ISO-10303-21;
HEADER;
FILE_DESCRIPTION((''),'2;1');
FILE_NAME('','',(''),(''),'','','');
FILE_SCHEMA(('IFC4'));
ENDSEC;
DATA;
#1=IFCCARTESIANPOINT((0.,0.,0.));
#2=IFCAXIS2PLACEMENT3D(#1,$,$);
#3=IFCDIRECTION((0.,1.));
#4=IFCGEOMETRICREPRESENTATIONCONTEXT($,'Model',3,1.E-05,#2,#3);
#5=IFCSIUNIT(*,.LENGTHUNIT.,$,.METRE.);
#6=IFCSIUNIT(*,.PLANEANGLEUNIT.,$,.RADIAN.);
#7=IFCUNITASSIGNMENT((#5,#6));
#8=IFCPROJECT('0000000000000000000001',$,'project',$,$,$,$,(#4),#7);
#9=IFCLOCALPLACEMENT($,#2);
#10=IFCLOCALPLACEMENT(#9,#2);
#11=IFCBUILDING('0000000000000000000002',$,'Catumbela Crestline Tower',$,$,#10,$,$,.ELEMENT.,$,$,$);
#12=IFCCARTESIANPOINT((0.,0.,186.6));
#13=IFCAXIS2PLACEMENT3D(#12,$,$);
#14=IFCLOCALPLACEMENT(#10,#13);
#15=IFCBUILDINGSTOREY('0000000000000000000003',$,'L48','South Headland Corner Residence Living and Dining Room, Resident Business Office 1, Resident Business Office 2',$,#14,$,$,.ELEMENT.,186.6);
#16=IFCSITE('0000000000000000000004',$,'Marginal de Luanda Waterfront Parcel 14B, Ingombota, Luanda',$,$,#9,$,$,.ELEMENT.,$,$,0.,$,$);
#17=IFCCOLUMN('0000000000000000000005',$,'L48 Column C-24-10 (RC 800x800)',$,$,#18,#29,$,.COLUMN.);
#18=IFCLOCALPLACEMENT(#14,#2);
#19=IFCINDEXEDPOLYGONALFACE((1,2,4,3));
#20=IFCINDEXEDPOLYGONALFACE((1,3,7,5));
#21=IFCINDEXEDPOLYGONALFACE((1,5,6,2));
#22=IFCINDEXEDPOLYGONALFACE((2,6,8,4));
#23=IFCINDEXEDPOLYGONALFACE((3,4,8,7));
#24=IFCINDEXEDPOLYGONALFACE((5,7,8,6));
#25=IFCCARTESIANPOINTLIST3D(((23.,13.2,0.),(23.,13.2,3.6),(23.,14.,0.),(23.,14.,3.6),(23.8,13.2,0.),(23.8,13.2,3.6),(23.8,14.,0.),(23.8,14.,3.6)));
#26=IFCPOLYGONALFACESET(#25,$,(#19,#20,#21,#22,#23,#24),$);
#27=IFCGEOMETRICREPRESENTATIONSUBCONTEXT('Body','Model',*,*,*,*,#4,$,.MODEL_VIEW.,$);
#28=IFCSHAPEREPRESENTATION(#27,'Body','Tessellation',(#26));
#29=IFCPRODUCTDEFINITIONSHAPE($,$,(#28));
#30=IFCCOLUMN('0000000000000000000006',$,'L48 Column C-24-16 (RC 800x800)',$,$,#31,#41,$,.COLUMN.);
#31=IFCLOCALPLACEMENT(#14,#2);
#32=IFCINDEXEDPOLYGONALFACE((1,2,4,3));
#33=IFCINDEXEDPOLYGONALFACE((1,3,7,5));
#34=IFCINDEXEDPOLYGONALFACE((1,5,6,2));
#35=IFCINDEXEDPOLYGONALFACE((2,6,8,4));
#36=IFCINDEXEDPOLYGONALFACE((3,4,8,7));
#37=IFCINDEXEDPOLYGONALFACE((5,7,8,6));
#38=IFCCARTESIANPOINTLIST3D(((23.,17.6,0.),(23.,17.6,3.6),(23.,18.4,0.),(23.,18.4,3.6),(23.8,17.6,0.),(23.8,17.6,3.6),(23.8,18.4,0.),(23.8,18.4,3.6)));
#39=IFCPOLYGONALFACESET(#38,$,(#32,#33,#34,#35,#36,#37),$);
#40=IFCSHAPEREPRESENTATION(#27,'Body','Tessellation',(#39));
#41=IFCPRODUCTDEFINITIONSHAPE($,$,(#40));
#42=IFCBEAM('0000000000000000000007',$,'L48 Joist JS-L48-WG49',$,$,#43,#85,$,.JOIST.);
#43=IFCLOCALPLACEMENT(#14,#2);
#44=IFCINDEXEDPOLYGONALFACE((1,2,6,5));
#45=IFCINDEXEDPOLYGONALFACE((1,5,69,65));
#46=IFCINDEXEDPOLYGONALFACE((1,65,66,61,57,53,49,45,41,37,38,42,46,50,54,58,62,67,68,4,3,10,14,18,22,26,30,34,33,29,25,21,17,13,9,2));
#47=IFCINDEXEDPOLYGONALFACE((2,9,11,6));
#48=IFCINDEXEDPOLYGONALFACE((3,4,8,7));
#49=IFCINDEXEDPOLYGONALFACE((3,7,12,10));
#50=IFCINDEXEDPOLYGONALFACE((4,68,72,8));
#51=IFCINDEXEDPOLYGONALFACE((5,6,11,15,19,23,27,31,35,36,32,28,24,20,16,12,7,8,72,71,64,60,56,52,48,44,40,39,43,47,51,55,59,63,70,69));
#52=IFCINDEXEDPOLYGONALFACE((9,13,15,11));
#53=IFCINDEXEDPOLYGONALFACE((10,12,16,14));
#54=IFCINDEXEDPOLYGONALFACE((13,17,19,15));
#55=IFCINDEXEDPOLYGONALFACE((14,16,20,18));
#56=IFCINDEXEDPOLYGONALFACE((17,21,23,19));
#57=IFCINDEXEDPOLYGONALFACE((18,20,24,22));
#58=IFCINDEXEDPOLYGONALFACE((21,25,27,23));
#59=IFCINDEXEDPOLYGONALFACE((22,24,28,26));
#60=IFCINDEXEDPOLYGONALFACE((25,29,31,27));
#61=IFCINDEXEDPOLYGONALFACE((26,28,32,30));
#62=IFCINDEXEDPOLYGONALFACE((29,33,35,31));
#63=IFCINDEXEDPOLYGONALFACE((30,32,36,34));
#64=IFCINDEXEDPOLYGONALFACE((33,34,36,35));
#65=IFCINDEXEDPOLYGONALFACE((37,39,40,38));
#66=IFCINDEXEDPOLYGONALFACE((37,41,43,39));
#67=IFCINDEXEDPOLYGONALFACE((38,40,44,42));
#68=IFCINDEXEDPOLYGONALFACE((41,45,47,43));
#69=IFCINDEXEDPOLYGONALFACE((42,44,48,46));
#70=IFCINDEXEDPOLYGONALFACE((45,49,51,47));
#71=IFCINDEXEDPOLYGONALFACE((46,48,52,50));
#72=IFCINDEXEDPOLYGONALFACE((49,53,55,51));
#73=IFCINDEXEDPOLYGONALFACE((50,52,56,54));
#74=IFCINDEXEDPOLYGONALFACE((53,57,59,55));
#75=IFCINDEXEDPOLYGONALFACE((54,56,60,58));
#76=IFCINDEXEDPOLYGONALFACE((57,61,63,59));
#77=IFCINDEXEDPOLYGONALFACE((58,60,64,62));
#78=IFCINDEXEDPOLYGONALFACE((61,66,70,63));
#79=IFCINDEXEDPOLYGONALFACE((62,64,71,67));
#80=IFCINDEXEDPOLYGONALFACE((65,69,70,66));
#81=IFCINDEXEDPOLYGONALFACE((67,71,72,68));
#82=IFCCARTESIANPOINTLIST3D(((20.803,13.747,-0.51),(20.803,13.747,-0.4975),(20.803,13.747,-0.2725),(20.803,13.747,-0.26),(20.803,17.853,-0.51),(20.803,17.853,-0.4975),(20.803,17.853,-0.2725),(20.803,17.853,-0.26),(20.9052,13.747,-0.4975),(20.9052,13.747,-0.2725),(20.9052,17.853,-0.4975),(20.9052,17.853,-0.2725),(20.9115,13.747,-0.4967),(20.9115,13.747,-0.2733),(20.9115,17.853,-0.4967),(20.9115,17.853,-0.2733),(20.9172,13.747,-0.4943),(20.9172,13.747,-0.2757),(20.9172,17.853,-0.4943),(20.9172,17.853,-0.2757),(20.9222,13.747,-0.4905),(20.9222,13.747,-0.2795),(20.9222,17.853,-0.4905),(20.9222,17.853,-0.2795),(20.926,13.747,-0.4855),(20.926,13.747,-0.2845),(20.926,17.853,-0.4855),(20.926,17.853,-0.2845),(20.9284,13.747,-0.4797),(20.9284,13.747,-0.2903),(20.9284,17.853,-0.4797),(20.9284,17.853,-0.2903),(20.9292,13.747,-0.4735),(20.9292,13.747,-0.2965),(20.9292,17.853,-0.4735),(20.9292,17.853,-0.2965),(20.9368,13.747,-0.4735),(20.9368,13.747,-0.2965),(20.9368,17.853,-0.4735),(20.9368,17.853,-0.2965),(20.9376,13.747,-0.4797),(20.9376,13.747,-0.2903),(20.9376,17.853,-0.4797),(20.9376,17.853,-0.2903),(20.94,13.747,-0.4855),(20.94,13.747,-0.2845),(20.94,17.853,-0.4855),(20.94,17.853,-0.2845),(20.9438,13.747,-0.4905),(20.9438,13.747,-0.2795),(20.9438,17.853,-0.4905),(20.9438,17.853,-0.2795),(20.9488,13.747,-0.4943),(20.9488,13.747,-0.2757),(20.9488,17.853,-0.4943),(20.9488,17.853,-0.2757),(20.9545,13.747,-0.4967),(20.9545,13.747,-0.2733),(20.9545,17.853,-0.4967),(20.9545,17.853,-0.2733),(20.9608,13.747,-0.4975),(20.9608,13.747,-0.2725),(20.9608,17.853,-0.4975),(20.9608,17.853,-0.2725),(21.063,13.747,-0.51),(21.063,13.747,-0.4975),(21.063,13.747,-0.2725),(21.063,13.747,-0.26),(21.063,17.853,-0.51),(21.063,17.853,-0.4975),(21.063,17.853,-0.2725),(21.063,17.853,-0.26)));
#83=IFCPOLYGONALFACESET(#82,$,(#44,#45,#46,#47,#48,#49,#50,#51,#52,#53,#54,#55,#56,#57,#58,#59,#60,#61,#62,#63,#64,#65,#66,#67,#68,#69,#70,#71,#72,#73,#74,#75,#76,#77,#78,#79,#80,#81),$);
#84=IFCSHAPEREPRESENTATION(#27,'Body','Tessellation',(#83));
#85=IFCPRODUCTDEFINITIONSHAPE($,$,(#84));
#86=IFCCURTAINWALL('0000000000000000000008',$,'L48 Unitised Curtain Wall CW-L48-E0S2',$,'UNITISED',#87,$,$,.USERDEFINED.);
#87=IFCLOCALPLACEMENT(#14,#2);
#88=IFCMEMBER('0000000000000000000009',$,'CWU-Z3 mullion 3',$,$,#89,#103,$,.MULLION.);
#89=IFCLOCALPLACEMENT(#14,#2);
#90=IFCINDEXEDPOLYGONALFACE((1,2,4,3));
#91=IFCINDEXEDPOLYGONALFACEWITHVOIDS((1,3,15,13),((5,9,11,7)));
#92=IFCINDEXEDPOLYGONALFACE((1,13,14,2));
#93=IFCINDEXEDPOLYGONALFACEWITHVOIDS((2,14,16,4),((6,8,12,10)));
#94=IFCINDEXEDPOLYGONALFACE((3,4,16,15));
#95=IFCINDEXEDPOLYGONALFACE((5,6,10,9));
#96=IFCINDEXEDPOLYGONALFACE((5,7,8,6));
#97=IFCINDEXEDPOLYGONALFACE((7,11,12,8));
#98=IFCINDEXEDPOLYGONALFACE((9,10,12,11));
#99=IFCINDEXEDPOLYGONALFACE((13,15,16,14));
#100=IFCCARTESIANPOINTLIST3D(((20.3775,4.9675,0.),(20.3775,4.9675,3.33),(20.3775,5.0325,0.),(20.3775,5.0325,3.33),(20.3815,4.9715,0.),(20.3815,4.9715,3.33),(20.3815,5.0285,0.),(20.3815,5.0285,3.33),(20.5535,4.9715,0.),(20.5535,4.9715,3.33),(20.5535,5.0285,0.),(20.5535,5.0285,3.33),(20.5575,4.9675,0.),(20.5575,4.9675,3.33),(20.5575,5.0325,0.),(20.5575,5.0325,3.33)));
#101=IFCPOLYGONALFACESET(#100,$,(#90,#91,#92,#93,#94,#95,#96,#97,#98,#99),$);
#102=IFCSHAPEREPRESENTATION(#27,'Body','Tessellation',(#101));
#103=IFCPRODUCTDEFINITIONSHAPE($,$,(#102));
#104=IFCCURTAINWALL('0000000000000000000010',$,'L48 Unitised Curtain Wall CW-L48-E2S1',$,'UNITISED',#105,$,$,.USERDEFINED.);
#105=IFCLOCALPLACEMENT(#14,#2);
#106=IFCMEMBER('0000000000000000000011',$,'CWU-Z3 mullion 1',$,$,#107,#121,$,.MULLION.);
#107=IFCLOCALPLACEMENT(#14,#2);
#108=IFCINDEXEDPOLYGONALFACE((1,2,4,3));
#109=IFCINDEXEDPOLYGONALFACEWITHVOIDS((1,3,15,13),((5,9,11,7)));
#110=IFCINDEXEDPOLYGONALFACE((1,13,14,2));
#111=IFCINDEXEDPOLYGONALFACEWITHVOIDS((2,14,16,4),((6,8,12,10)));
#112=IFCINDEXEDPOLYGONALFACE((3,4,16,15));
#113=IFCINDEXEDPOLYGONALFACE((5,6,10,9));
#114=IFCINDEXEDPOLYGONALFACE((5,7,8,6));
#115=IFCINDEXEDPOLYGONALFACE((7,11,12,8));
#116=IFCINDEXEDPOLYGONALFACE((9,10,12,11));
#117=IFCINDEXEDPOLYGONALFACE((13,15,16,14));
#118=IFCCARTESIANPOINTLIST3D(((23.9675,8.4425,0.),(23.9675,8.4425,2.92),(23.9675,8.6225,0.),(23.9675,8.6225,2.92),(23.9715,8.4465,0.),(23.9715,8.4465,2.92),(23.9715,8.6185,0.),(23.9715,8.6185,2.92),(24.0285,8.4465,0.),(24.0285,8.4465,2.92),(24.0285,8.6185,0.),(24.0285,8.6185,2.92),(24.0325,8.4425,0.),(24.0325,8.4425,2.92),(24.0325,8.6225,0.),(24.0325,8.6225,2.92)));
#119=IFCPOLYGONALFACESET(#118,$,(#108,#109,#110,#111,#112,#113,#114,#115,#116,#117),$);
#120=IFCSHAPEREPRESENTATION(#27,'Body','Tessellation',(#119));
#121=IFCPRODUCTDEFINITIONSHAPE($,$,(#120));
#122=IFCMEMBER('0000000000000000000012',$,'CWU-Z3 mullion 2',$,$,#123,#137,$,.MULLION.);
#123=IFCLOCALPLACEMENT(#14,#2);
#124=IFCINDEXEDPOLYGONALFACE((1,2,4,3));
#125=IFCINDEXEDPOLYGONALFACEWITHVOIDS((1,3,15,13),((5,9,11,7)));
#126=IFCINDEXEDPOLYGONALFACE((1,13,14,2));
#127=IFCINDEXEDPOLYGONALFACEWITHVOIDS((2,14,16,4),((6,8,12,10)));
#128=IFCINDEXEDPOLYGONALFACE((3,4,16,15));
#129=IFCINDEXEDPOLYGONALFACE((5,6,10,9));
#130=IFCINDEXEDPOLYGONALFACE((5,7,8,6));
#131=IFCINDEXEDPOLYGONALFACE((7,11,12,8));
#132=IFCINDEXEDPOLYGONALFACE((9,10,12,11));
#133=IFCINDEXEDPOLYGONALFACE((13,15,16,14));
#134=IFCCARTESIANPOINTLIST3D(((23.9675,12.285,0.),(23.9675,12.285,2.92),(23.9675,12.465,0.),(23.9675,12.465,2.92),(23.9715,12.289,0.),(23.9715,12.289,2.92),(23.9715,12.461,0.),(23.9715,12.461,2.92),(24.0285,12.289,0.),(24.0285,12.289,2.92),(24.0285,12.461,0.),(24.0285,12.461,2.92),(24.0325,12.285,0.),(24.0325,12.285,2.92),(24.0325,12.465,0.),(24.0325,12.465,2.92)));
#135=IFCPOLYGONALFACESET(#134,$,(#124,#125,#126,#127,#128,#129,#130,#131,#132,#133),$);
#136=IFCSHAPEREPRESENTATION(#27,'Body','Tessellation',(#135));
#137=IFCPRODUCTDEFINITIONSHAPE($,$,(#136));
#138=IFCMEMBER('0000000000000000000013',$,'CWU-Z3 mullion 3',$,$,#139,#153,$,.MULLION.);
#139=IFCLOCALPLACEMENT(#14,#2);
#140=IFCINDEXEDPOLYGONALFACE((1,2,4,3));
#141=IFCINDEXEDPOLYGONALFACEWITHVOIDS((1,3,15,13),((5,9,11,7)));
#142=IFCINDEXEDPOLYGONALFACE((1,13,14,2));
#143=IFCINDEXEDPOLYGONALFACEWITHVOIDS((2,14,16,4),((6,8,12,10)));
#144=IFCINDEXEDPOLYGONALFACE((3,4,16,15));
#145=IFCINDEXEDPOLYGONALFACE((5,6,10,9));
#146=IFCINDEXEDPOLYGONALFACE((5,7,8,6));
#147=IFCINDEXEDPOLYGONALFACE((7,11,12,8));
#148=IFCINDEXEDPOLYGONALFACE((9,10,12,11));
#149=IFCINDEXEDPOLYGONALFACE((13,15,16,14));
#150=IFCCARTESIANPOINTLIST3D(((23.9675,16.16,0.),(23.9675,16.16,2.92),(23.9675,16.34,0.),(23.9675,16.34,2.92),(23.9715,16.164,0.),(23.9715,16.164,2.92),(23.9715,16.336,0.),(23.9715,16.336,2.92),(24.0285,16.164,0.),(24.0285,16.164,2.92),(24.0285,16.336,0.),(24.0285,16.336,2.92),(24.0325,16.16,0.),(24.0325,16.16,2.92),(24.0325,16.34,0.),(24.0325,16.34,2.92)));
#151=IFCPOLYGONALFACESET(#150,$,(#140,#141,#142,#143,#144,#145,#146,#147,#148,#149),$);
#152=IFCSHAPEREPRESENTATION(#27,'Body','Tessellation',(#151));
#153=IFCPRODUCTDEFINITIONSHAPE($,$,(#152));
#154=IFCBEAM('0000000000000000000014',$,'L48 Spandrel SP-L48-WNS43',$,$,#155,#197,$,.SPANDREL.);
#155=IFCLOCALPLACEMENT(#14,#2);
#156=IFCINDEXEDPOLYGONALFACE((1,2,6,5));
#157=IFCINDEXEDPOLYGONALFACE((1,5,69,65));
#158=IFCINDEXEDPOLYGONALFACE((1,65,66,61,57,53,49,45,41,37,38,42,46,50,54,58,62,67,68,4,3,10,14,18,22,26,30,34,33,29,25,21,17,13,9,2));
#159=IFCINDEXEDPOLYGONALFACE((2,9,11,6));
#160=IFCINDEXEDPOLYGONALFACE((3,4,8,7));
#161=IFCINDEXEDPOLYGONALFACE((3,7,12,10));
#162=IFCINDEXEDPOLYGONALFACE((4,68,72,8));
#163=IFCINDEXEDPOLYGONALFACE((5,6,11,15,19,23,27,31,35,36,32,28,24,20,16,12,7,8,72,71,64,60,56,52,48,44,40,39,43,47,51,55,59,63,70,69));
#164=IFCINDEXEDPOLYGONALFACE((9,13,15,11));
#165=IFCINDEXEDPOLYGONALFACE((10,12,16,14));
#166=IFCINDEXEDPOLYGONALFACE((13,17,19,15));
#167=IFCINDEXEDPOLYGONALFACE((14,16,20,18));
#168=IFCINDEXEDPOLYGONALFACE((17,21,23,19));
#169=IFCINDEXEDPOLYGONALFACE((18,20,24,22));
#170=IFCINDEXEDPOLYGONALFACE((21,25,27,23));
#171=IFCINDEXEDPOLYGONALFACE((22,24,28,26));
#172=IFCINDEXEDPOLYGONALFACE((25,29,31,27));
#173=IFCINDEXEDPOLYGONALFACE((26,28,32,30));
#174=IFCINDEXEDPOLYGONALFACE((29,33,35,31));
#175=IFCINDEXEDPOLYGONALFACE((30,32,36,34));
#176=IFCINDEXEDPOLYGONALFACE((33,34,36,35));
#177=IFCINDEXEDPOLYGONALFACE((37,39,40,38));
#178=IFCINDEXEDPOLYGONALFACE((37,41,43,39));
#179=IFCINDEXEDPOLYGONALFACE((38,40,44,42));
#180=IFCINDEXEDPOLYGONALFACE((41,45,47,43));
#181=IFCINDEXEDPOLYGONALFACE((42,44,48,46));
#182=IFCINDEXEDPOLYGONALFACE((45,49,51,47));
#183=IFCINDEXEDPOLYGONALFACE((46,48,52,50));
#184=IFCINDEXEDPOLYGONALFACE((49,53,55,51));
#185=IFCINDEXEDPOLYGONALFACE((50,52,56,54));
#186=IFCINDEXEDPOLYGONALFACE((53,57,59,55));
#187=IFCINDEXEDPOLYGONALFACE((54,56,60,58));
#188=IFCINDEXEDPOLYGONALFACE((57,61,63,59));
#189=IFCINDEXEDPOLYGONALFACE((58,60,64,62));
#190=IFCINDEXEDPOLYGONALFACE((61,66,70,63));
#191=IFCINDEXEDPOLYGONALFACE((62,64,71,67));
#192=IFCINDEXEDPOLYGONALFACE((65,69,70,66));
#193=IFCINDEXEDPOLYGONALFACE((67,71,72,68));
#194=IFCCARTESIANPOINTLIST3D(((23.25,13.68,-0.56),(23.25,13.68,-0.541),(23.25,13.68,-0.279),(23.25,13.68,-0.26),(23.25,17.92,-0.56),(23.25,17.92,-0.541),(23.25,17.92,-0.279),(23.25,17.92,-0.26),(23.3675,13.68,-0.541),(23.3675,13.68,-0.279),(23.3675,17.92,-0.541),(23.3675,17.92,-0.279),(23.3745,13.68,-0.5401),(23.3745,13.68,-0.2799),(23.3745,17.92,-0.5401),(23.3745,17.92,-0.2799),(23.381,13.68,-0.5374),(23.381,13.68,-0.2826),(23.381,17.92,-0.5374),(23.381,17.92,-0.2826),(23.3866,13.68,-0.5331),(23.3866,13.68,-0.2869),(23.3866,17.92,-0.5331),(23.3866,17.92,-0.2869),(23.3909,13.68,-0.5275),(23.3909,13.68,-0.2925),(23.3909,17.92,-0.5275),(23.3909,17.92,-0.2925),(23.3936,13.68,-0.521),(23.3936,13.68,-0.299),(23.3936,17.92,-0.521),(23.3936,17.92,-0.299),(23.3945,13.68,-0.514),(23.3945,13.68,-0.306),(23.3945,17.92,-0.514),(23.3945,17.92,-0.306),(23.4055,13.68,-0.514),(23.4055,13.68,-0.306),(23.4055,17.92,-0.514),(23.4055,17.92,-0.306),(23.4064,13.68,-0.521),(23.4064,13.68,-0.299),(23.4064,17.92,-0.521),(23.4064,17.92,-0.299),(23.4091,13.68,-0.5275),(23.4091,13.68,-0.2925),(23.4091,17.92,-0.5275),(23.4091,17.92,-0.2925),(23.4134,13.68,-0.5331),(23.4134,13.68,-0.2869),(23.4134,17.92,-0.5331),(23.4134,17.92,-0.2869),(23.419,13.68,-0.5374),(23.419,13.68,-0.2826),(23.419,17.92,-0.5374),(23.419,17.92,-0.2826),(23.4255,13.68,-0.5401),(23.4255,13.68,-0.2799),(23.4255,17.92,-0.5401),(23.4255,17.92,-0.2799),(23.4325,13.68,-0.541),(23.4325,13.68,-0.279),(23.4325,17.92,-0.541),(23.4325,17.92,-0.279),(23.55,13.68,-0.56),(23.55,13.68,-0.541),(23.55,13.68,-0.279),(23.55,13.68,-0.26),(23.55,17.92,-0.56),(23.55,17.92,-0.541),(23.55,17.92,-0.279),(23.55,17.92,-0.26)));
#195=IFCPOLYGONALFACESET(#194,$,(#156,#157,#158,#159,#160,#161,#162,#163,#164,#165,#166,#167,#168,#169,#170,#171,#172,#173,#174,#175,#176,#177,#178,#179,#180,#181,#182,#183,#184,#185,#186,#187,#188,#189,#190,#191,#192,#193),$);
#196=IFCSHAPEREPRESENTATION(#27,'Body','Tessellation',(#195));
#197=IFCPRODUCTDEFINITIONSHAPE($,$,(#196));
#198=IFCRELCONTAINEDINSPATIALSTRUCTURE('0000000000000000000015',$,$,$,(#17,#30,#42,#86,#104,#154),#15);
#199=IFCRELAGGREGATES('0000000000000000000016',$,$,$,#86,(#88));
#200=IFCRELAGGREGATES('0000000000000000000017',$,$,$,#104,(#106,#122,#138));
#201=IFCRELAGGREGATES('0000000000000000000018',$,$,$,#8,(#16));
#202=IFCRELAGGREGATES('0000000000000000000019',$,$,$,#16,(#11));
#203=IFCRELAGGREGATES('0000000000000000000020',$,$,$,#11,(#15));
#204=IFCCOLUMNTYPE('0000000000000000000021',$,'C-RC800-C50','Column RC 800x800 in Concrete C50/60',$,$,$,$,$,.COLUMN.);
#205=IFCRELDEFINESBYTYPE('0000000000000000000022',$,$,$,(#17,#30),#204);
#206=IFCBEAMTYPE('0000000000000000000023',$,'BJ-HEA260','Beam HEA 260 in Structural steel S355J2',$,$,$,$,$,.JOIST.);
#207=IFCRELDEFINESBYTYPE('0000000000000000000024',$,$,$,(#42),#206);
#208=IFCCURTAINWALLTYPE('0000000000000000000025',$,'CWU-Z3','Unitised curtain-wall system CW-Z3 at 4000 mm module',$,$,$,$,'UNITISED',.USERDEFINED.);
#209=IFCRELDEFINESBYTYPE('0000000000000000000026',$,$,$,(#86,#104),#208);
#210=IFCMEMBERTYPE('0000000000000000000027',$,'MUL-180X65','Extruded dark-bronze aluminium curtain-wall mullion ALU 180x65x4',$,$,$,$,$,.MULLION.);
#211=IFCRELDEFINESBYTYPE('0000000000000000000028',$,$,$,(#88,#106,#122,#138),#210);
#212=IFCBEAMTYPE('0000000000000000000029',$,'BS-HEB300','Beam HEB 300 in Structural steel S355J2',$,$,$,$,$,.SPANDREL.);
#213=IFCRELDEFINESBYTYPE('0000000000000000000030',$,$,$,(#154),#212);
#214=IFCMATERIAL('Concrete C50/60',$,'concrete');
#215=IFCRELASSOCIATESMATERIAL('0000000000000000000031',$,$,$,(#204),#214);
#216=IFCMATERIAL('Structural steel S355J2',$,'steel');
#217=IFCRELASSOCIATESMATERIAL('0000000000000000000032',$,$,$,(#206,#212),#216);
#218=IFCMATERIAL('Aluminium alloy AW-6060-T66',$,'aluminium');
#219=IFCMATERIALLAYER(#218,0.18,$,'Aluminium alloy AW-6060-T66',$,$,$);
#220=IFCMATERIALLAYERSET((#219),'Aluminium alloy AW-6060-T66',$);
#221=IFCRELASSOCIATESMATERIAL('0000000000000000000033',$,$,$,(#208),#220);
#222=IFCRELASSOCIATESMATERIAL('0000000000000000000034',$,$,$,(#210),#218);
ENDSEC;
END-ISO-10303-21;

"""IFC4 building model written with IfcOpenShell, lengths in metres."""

from ifc_helpers import new_model, si_unit, direction, frame, origin, origin_2d, place, context, subcontext, project, spatial, rectangle, hollow_rectangle, i_section, extrude, material, layer, layer_set, material_profile, profile_set, type_object, element, aggregate, save


model = new_model("IFC4")

# Units and contexts
model_context = context("Model", 3, precision=1e-05, world=origin(), true_north=direction((0.0, 1.0)))
body_context = subcontext(model_context, "Body", "Model", "MODEL_VIEW")
ifc_project = project(units=[si_unit("LENGTHUNIT", "METRE"), si_unit("PLANEANGLEUNIT", "RADIAN")], contexts=[model_context])

# Site, building, storey
site_placement = place(None, origin())
site = spatial("IfcSite", under=ifc_project, at=site_placement, Name="Marginal de Luanda Waterfront Parcel 14B, Ingombota, Luanda", CompositionType="ELEMENT", RefElevation=0.0)
building_placement = place(site_placement, origin())
building = spatial("IfcBuilding", under=site, at=building_placement, Name="Catumbela Crestline Tower", CompositionType="ELEMENT")
storey_placement = place(building_placement, frame((0.0, 0.0, 186.6)))
storey = spatial("IfcBuildingStorey", under=building, at=storey_placement, Name="L48", Description="South Headland Corner Residence Living and Dining Room, Resident Business Office 1, Resident Business Office 2", CompositionType="ELEMENT", Elevation=186.6)

# Columns
ifc_material_1 = material(Name="Concrete C50/60", Category="concrete")
ifc_material_profile_1 = material_profile(ifc_material_1, rectangle(XDim=0.8, YDim=0.8, at=origin_2d()), Name="RC 800x800")
ifc_profile_set_1 = profile_set([ifc_material_profile_1], Name="Concrete C50/60")
column_type = type_object("IfcColumnType", Name="C-RC800-C50", Description="Column RC 800x800 in Concrete C50/60", PredefinedType="COLUMN", material=ifc_profile_set_1)
for number, where, z_axis, x_axis, name in (
    (1, (23.4, 13.6, 0.0), (0.0, 0.0, 1.0), (1.0, 0.0, 0.0), "L48 Column C-24-10 (RC 800x800)"),
    (2, (23.4, 18.0, 0.0), (0.0, 0.0, 1.0), (1.0, 0.0, 0.0), "L48 Column C-24-16 (RC 800x800)"),
):
    element("IfcColumn", number, at=place(storey_placement, frame(where, z_axis=z_axis, x_axis=x_axis)), inside=storey, type_object=column_type, Name=name, PredefinedType="COLUMN", context=body_context, shape_type="SweptSolid", body=[
        extrude(rectangle(XDim=0.8, YDim=0.8, at=origin_2d()), origin(), (0.0, 0.0, 1.0), 3.6),
    ])

# Beam
ifc_material_2 = material(Name="Structural steel S355J2", Category="steel")
ifc_material_profile_2 = material_profile(ifc_material_2, i_section(OverallWidth=0.26, OverallDepth=0.25, WebThickness=0.0075, FlangeThickness=0.0125, FilletRadius=0.024, at=origin_2d()), Name="HEA 260")
ifc_profile_set_2 = profile_set([ifc_material_profile_2], Name="Structural steel S355J2")
beam_type_1 = type_object("IfcBeamType", Name="BJ-HEA260", Description="Beam HEA 260 in Structural steel S355J2", PredefinedType="JOIST", material=ifc_profile_set_2)
beam_1_placement = place(storey_placement, frame((20.933, 13.747, -0.385), z_axis=(0.0, 1.0, 0.0), x_axis=(-1.0, 0.0, 0.0)))
element("IfcBeam", 3, at=beam_1_placement, inside=storey, type_object=beam_type_1, Name="L48 Joist JS-L48-WG49", PredefinedType="JOIST", context=body_context, shape_type="SweptSolid", body=[
    extrude(i_section(OverallWidth=0.26, OverallDepth=0.25, WebThickness=0.0075, FlangeThickness=0.0125, FilletRadius=0.024, at=origin_2d()), origin(), (0.0, 0.0, 1.0), 4.106),
])

# Curtain wall, member
ifc_material_3 = material(Name="Aluminium alloy AW-6060-T66", Category="aluminium")
ifc_layer_1 = layer(ifc_material_3, 0.18, Name="Aluminium alloy AW-6060-T66")
ifc_layer_set_1 = layer_set([ifc_layer_1], Name="Aluminium alloy AW-6060-T66")
curtain_wall_type = type_object("IfcCurtainWallType", Name="CWU-Z3", Description="Unitised curtain-wall system CW-Z3 at 4000 mm module", ElementType="UNITISED", PredefinedType="USERDEFINED", material=ifc_layer_set_1)
curtain_wall_1_placement = place(storey_placement, origin())
curtain_wall_1 = element("IfcCurtainWall", 4, at=curtain_wall_1_placement, inside=storey, type_object=curtain_wall_type, Name="L48 Unitised Curtain Wall CW-L48-E0S2", ObjectType="UNITISED", PredefinedType="USERDEFINED")
ifc_material_profile_3 = material_profile(ifc_material_3, hollow_rectangle(XDim=0.065, YDim=0.18, WallThickness=0.004, at=origin_2d()), Name="ALU 180x65x4")
ifc_profile_set_3 = profile_set([ifc_material_profile_3], Name="Aluminium alloy AW-6060-T66")
member_type_1 = type_object("IfcMemberType", Name="MUL-180X65", Description="Extruded dark-bronze aluminium curtain-wall mullion ALU 180x65x4", PredefinedType="MULLION", material=ifc_profile_set_3)
member_1_placement = place(storey_placement, frame((20.4675, 5.0, 0.0), z_axis=(0.0, 0.0, 1.0), x_axis=(0.0, 1.0, 0.0)))
member_1 = element("IfcMember", 5, at=member_1_placement, type_object=member_type_1, Name="CWU-Z3 mullion 3", PredefinedType="MULLION", context=body_context, shape_type="SweptSolid", body=[
    extrude(hollow_rectangle(XDim=0.065, YDim=0.18, WallThickness=0.004, at=origin_2d()), origin(), (0.0, 0.0, 1.0), 3.33),
])
aggregate(curtain_wall_1, [member_1])

# Curtain wall, members
curtain_wall_2_placement = place(storey_placement, origin())
curtain_wall_2 = element("IfcCurtainWall", 6, at=curtain_wall_2_placement, inside=storey, type_object=curtain_wall_type, Name="L48 Unitised Curtain Wall CW-L48-E2S1", ObjectType="UNITISED", PredefinedType="USERDEFINED")
member_2_placement = place(storey_placement, frame((24.0, 8.5325, 0.0), z_axis=(0.0, 0.0, 1.0), x_axis=(-1.0, 0.0, 0.0)))
member_2 = element("IfcMember", 7, at=member_2_placement, type_object=member_type_1, Name="CWU-Z3 mullion 1", PredefinedType="MULLION", context=body_context, shape_type="SweptSolid", body=[
    extrude(hollow_rectangle(XDim=0.065, YDim=0.18, WallThickness=0.004, at=origin_2d()), origin(), (0.0, 0.0, 1.0), 2.92),
])
member_3_placement = place(storey_placement, frame((24.0, 12.375, 0.0), z_axis=(0.0, 0.0, 1.0), x_axis=(-1.0, 0.0, 0.0)))
member_3 = element("IfcMember", 8, at=member_3_placement, type_object=member_type_1, Name="CWU-Z3 mullion 2", PredefinedType="MULLION", context=body_context, shape_type="SweptSolid", body=[
    extrude(hollow_rectangle(XDim=0.065, YDim=0.18, WallThickness=0.004, at=origin_2d()), origin(), (0.0, 0.0, 1.0), 2.92),
])
member_4_placement = place(storey_placement, frame((24.0, 16.25, 0.0), z_axis=(0.0, 0.0, 1.0), x_axis=(-1.0, 0.0, 0.0)))
member_4 = element("IfcMember", 9, at=member_4_placement, type_object=member_type_1, Name="CWU-Z3 mullion 3", PredefinedType="MULLION", context=body_context, shape_type="SweptSolid", body=[
    extrude(hollow_rectangle(XDim=0.065, YDim=0.18, WallThickness=0.004, at=origin_2d()), origin(), (0.0, 0.0, 1.0), 2.92),
])

# Beam
ifc_material_profile_4 = material_profile(ifc_material_2, i_section(OverallWidth=0.3, OverallDepth=0.3, WebThickness=0.011, FlangeThickness=0.019, FilletRadius=0.027, at=origin_2d()), Name="HEB 300")
ifc_profile_set_4 = profile_set([ifc_material_profile_4], Name="Structural steel S355J2")
beam_type_2 = type_object("IfcBeamType", Name="BS-HEB300", Description="Beam HEB 300 in Structural steel S355J2", PredefinedType="SPANDREL", material=ifc_profile_set_4)
beam_2_placement = place(storey_placement, frame((23.4, 13.68, -0.41), z_axis=(0.0, 1.0, 0.0), x_axis=(-1.0, 0.0, 0.0)))
element("IfcBeam", 10, at=beam_2_placement, inside=storey, type_object=beam_type_2, Name="L48 Spandrel SP-L48-WNS43", PredefinedType="SPANDREL", context=body_context, shape_type="SweptSolid", body=[
    extrude(i_section(OverallWidth=0.3, OverallDepth=0.3, WebThickness=0.011, FlangeThickness=0.019, FilletRadius=0.027, at=origin_2d()), origin(), (0.0, 0.0, 1.0), 4.24),
])

aggregate(curtain_wall_2, [member_2, member_3, member_4])

save(model, "model.ifc")
